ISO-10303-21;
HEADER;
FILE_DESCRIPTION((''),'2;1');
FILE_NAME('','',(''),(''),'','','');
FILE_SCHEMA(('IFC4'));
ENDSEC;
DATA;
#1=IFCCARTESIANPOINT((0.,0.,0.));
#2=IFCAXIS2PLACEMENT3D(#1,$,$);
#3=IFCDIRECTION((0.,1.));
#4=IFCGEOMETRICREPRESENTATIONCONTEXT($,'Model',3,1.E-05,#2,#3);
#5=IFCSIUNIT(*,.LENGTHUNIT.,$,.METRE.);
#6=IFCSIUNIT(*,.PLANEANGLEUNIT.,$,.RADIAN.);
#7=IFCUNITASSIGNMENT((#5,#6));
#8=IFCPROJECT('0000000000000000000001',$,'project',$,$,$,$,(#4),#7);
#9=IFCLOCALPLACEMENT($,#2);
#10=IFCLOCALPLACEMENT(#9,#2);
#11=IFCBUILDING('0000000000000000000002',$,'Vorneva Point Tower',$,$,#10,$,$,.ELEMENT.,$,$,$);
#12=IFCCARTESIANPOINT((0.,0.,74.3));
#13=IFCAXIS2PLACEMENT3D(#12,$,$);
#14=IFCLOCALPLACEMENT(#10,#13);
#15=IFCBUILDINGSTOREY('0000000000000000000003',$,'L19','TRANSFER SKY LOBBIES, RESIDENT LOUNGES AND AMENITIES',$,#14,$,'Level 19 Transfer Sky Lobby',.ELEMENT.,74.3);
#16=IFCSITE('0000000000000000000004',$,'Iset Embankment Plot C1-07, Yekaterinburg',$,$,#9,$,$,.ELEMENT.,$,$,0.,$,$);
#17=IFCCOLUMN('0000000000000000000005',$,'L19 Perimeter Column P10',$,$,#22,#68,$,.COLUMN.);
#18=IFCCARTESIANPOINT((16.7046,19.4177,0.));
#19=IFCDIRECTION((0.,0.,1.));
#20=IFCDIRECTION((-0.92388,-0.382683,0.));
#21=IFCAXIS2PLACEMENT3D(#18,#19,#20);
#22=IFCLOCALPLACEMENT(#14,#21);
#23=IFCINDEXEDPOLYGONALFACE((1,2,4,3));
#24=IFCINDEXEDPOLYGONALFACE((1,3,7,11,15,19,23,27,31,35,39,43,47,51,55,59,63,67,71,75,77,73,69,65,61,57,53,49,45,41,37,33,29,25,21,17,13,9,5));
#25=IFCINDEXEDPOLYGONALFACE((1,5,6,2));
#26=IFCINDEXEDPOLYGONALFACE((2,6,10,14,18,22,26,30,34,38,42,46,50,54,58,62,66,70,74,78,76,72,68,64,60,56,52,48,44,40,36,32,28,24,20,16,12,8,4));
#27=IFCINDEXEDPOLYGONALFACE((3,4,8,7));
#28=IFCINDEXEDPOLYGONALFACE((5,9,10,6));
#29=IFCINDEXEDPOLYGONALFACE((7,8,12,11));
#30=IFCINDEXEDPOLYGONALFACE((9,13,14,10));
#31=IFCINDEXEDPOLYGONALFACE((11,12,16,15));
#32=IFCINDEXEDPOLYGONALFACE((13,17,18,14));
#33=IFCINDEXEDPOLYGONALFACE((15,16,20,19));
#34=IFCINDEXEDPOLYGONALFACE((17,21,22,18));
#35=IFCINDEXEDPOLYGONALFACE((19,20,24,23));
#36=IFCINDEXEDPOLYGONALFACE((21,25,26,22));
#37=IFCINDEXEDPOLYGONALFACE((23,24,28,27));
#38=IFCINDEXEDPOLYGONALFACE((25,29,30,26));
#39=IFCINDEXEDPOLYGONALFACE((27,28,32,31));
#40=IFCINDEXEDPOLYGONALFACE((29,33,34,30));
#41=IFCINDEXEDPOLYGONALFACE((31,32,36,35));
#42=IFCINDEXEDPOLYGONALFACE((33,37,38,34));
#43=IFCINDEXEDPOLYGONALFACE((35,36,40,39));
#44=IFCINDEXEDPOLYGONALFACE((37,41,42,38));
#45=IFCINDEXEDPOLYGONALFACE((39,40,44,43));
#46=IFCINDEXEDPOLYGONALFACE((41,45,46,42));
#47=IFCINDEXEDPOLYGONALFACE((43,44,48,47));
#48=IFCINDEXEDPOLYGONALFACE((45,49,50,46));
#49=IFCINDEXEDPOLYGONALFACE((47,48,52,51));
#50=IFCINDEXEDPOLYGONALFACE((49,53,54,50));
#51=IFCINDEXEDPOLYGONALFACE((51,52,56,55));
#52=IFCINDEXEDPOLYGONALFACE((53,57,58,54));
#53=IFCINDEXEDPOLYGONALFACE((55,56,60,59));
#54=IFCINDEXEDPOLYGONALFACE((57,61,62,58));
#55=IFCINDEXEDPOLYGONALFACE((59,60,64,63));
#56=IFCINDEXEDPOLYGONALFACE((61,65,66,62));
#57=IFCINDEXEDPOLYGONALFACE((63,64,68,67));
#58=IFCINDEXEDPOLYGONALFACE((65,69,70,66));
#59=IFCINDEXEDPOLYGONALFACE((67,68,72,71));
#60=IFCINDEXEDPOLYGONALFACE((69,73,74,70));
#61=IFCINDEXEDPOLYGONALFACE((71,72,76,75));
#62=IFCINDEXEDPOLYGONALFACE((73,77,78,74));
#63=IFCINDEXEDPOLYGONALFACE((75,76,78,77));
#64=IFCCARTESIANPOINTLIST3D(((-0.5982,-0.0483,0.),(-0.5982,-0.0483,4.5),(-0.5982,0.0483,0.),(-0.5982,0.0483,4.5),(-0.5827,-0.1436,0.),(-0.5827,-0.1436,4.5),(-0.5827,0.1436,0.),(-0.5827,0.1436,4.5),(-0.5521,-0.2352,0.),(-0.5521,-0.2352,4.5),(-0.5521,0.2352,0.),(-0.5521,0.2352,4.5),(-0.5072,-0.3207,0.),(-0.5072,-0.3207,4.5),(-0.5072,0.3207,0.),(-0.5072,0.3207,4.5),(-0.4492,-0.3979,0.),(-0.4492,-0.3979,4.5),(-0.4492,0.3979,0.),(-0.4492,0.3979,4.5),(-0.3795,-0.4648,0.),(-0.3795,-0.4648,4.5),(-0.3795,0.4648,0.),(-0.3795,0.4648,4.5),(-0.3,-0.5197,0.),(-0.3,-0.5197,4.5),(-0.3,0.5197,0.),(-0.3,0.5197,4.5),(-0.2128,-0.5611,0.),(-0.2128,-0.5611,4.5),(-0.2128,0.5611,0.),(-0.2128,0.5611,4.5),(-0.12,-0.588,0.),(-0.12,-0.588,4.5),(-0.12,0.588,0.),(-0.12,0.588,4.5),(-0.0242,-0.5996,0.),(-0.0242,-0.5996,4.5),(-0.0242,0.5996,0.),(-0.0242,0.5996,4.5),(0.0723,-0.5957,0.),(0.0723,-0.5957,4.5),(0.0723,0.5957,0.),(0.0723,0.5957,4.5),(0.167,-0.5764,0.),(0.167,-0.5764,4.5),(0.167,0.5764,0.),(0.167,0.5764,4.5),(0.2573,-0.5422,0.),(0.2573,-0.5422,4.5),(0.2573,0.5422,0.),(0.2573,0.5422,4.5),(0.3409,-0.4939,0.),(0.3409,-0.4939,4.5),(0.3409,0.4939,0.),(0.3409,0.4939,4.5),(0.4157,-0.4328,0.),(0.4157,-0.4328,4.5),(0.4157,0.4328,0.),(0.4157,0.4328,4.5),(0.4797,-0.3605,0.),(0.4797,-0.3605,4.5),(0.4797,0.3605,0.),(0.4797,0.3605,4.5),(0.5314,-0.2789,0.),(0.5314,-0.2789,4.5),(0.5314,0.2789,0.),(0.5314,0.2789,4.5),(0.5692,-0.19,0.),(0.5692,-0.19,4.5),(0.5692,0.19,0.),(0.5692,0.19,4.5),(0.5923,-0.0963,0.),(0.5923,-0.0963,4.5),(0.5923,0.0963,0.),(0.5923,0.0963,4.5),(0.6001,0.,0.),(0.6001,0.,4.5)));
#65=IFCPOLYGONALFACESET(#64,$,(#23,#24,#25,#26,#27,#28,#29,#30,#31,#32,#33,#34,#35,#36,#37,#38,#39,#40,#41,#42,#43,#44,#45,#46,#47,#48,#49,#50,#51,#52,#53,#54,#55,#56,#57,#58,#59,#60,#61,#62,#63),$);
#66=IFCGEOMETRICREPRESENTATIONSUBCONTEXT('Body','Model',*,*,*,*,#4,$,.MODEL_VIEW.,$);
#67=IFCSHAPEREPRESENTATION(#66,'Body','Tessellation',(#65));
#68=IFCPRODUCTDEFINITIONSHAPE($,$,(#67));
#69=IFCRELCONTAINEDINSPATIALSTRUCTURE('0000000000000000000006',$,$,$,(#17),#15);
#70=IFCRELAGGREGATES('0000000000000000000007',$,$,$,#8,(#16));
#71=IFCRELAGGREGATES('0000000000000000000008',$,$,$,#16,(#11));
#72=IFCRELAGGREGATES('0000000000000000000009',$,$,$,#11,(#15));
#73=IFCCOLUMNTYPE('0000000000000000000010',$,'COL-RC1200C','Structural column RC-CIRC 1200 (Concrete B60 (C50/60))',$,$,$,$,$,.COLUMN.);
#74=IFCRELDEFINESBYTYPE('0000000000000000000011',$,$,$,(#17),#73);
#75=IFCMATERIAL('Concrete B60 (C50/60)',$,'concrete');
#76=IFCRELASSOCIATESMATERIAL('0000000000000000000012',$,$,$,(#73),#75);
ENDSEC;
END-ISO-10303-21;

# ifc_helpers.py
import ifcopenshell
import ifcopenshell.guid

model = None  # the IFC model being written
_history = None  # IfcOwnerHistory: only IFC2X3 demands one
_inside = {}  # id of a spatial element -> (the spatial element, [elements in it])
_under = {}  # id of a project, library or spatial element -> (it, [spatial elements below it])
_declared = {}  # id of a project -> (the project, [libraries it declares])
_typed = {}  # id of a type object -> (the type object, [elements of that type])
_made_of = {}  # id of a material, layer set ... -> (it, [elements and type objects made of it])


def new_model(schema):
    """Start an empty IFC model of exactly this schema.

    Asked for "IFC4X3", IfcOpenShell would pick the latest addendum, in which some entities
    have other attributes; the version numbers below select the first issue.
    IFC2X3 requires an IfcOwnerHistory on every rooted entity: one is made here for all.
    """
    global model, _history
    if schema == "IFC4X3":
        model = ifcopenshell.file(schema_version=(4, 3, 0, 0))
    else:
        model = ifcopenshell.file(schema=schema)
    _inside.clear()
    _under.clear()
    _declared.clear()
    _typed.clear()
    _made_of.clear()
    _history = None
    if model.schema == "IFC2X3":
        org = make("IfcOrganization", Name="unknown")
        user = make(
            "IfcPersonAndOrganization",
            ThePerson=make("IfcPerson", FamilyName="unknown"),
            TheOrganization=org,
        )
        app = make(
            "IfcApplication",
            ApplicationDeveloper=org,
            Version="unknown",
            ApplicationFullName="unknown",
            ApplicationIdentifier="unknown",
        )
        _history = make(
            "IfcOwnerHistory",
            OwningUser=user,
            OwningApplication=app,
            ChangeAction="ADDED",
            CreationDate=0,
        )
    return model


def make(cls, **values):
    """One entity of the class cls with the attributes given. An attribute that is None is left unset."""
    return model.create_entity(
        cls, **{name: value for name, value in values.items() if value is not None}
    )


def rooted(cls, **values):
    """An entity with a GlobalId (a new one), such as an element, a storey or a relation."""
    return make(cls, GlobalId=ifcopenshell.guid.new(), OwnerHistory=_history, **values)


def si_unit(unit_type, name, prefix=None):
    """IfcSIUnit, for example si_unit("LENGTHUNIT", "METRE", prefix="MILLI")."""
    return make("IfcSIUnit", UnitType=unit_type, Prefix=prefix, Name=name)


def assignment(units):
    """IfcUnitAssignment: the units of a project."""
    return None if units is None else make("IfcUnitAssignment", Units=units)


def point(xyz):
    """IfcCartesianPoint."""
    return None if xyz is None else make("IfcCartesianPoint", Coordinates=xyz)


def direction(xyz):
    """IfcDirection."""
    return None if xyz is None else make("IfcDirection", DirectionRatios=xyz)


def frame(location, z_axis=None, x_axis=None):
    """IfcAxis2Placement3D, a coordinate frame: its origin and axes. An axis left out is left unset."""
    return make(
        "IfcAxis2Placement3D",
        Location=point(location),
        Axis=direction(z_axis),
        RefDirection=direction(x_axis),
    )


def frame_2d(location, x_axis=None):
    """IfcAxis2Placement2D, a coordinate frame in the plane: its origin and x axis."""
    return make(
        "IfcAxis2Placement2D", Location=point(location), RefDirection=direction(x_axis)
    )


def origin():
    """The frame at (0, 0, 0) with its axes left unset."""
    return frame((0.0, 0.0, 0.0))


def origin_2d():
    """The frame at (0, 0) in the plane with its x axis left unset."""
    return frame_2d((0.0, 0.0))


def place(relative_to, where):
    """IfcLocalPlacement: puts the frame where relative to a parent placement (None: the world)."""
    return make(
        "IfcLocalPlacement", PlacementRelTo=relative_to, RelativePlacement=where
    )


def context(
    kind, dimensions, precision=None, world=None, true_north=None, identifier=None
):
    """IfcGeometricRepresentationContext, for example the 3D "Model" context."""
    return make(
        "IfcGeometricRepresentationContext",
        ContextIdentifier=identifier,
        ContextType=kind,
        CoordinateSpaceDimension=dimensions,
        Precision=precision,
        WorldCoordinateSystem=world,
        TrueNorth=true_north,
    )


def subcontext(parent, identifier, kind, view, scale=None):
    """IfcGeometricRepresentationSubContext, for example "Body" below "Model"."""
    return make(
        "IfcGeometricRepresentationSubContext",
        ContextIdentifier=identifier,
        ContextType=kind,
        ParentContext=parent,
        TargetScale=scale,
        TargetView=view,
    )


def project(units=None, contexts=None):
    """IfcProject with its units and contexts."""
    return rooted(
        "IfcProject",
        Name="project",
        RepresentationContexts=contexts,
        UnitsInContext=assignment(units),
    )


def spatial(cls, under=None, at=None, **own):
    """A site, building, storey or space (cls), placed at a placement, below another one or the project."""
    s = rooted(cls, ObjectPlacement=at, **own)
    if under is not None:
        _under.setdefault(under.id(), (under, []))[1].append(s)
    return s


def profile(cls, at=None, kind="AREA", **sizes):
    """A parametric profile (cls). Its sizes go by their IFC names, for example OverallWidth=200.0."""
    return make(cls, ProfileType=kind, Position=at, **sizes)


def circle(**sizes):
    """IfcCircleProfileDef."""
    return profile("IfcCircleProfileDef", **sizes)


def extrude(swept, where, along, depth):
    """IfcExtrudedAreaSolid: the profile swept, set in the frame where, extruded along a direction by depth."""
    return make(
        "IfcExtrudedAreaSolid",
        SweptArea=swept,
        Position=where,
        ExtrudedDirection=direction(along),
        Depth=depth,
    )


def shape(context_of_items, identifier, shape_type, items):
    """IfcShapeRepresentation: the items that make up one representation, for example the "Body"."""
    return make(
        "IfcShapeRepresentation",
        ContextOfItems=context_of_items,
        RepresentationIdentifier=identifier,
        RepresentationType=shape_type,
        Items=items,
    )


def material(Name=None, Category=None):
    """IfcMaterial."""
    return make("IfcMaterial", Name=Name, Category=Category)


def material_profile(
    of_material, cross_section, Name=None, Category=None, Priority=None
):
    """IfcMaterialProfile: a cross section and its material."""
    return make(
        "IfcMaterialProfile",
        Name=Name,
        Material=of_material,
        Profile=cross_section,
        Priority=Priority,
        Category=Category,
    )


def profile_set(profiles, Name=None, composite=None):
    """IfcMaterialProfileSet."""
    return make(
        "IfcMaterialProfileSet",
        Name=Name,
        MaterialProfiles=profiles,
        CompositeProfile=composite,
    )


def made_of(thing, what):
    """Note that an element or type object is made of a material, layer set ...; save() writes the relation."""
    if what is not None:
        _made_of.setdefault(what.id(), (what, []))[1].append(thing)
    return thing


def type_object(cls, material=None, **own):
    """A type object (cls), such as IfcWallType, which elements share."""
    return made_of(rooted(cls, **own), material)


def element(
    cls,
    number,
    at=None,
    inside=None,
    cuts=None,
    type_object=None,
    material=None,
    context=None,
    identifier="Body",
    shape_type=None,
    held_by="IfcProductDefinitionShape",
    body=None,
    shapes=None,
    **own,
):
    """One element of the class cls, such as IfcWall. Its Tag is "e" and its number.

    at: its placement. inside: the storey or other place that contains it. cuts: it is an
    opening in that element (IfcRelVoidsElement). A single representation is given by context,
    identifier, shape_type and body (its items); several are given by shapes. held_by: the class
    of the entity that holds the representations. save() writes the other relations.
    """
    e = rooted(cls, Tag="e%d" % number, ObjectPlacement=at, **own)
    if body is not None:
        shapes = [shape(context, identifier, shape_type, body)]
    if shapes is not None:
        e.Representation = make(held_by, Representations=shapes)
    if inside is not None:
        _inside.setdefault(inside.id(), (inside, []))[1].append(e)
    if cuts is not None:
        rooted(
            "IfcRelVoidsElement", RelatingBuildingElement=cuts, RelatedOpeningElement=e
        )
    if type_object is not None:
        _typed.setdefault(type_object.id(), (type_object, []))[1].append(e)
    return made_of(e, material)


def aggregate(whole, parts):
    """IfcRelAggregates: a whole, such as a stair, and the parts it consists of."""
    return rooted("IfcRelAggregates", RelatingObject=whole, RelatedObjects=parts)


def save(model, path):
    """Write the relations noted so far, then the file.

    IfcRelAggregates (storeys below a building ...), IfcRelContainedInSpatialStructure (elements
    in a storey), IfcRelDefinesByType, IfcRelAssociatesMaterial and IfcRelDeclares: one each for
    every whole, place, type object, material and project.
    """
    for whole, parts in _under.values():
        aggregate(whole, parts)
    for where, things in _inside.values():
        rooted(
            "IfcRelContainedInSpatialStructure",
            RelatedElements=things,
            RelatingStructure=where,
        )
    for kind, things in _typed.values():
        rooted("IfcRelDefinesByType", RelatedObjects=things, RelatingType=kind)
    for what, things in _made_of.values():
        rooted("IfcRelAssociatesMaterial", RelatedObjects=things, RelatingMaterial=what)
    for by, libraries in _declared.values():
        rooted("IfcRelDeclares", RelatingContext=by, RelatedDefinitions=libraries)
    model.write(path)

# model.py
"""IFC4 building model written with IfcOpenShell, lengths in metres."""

from ifc_helpers import new_model, si_unit, direction, frame, origin, origin_2d, place, context, subcontext, project, spatial, circle, extrude, material, material_profile, profile_set, type_object, element, save


model = new_model("IFC4")

# Units and contexts
model_context = context("Model", 3, precision=1e-05, world=origin(), true_north=direction((0.0, 1.0)))
body_context = subcontext(model_context, "Body", "Model", "MODEL_VIEW")
ifc_project = project(units=[si_unit("LENGTHUNIT", "METRE"), si_unit("PLANEANGLEUNIT", "RADIAN")], contexts=[model_context])

# Site, building, storey
site_placement = place(None, origin())
site = spatial("IfcSite", under=ifc_project, at=site_placement, Name="Iset Embankment Plot C1-07, Yekaterinburg", CompositionType="ELEMENT", RefElevation=0.0)
building_placement = place(site_placement, origin())
building = spatial("IfcBuilding", under=site, at=building_placement, Name="Vorneva Point Tower", CompositionType="ELEMENT")
storey_placement = place(building_placement, frame((0.0, 0.0, 74.3)))
storey = spatial("IfcBuildingStorey", under=building, at=storey_placement, Name="L19", Description="TRANSFER SKY LOBBIES, RESIDENT LOUNGES AND AMENITIES", LongName="Level 19 Transfer Sky Lobby", CompositionType="ELEMENT", Elevation=74.3)

# Column
ifc_material_1 = material(Name="Concrete B60 (C50/60)", Category="concrete")
ifc_material_profile_1 = material_profile(ifc_material_1, circle(Radius=0.6001, at=origin_2d()), Name="RC-CIRC 1200")
ifc_profile_set_1 = profile_set([ifc_material_profile_1], Name="Concrete B60 (C50/60)")
column_type = type_object("IfcColumnType", Name="COL-RC1200C", Description="Structural column RC-CIRC 1200 (Concrete B60 (C50/60))", PredefinedType="COLUMN", material=ifc_profile_set_1)
for number, where, z_axis, x_axis, name in (
    (1, (16.7046, 19.4177, 0.0), (0.0, 0.0, 1.0), (-0.92388, -0.382683, 0.0), "L19 Perimeter Column P10"),
):
    element("IfcColumn", number, at=place(storey_placement, frame(where, z_axis=z_axis, x_axis=x_axis)), inside=storey, type_object=column_type, Name=name, PredefinedType="COLUMN", context=body_context, shape_type="SweptSolid", body=[
        extrude(circle(Radius=0.6001, at=origin_2d()), origin(), (0.0, 0.0, 1.0), 4.5),
    ])

save(model, "model.ifc")
